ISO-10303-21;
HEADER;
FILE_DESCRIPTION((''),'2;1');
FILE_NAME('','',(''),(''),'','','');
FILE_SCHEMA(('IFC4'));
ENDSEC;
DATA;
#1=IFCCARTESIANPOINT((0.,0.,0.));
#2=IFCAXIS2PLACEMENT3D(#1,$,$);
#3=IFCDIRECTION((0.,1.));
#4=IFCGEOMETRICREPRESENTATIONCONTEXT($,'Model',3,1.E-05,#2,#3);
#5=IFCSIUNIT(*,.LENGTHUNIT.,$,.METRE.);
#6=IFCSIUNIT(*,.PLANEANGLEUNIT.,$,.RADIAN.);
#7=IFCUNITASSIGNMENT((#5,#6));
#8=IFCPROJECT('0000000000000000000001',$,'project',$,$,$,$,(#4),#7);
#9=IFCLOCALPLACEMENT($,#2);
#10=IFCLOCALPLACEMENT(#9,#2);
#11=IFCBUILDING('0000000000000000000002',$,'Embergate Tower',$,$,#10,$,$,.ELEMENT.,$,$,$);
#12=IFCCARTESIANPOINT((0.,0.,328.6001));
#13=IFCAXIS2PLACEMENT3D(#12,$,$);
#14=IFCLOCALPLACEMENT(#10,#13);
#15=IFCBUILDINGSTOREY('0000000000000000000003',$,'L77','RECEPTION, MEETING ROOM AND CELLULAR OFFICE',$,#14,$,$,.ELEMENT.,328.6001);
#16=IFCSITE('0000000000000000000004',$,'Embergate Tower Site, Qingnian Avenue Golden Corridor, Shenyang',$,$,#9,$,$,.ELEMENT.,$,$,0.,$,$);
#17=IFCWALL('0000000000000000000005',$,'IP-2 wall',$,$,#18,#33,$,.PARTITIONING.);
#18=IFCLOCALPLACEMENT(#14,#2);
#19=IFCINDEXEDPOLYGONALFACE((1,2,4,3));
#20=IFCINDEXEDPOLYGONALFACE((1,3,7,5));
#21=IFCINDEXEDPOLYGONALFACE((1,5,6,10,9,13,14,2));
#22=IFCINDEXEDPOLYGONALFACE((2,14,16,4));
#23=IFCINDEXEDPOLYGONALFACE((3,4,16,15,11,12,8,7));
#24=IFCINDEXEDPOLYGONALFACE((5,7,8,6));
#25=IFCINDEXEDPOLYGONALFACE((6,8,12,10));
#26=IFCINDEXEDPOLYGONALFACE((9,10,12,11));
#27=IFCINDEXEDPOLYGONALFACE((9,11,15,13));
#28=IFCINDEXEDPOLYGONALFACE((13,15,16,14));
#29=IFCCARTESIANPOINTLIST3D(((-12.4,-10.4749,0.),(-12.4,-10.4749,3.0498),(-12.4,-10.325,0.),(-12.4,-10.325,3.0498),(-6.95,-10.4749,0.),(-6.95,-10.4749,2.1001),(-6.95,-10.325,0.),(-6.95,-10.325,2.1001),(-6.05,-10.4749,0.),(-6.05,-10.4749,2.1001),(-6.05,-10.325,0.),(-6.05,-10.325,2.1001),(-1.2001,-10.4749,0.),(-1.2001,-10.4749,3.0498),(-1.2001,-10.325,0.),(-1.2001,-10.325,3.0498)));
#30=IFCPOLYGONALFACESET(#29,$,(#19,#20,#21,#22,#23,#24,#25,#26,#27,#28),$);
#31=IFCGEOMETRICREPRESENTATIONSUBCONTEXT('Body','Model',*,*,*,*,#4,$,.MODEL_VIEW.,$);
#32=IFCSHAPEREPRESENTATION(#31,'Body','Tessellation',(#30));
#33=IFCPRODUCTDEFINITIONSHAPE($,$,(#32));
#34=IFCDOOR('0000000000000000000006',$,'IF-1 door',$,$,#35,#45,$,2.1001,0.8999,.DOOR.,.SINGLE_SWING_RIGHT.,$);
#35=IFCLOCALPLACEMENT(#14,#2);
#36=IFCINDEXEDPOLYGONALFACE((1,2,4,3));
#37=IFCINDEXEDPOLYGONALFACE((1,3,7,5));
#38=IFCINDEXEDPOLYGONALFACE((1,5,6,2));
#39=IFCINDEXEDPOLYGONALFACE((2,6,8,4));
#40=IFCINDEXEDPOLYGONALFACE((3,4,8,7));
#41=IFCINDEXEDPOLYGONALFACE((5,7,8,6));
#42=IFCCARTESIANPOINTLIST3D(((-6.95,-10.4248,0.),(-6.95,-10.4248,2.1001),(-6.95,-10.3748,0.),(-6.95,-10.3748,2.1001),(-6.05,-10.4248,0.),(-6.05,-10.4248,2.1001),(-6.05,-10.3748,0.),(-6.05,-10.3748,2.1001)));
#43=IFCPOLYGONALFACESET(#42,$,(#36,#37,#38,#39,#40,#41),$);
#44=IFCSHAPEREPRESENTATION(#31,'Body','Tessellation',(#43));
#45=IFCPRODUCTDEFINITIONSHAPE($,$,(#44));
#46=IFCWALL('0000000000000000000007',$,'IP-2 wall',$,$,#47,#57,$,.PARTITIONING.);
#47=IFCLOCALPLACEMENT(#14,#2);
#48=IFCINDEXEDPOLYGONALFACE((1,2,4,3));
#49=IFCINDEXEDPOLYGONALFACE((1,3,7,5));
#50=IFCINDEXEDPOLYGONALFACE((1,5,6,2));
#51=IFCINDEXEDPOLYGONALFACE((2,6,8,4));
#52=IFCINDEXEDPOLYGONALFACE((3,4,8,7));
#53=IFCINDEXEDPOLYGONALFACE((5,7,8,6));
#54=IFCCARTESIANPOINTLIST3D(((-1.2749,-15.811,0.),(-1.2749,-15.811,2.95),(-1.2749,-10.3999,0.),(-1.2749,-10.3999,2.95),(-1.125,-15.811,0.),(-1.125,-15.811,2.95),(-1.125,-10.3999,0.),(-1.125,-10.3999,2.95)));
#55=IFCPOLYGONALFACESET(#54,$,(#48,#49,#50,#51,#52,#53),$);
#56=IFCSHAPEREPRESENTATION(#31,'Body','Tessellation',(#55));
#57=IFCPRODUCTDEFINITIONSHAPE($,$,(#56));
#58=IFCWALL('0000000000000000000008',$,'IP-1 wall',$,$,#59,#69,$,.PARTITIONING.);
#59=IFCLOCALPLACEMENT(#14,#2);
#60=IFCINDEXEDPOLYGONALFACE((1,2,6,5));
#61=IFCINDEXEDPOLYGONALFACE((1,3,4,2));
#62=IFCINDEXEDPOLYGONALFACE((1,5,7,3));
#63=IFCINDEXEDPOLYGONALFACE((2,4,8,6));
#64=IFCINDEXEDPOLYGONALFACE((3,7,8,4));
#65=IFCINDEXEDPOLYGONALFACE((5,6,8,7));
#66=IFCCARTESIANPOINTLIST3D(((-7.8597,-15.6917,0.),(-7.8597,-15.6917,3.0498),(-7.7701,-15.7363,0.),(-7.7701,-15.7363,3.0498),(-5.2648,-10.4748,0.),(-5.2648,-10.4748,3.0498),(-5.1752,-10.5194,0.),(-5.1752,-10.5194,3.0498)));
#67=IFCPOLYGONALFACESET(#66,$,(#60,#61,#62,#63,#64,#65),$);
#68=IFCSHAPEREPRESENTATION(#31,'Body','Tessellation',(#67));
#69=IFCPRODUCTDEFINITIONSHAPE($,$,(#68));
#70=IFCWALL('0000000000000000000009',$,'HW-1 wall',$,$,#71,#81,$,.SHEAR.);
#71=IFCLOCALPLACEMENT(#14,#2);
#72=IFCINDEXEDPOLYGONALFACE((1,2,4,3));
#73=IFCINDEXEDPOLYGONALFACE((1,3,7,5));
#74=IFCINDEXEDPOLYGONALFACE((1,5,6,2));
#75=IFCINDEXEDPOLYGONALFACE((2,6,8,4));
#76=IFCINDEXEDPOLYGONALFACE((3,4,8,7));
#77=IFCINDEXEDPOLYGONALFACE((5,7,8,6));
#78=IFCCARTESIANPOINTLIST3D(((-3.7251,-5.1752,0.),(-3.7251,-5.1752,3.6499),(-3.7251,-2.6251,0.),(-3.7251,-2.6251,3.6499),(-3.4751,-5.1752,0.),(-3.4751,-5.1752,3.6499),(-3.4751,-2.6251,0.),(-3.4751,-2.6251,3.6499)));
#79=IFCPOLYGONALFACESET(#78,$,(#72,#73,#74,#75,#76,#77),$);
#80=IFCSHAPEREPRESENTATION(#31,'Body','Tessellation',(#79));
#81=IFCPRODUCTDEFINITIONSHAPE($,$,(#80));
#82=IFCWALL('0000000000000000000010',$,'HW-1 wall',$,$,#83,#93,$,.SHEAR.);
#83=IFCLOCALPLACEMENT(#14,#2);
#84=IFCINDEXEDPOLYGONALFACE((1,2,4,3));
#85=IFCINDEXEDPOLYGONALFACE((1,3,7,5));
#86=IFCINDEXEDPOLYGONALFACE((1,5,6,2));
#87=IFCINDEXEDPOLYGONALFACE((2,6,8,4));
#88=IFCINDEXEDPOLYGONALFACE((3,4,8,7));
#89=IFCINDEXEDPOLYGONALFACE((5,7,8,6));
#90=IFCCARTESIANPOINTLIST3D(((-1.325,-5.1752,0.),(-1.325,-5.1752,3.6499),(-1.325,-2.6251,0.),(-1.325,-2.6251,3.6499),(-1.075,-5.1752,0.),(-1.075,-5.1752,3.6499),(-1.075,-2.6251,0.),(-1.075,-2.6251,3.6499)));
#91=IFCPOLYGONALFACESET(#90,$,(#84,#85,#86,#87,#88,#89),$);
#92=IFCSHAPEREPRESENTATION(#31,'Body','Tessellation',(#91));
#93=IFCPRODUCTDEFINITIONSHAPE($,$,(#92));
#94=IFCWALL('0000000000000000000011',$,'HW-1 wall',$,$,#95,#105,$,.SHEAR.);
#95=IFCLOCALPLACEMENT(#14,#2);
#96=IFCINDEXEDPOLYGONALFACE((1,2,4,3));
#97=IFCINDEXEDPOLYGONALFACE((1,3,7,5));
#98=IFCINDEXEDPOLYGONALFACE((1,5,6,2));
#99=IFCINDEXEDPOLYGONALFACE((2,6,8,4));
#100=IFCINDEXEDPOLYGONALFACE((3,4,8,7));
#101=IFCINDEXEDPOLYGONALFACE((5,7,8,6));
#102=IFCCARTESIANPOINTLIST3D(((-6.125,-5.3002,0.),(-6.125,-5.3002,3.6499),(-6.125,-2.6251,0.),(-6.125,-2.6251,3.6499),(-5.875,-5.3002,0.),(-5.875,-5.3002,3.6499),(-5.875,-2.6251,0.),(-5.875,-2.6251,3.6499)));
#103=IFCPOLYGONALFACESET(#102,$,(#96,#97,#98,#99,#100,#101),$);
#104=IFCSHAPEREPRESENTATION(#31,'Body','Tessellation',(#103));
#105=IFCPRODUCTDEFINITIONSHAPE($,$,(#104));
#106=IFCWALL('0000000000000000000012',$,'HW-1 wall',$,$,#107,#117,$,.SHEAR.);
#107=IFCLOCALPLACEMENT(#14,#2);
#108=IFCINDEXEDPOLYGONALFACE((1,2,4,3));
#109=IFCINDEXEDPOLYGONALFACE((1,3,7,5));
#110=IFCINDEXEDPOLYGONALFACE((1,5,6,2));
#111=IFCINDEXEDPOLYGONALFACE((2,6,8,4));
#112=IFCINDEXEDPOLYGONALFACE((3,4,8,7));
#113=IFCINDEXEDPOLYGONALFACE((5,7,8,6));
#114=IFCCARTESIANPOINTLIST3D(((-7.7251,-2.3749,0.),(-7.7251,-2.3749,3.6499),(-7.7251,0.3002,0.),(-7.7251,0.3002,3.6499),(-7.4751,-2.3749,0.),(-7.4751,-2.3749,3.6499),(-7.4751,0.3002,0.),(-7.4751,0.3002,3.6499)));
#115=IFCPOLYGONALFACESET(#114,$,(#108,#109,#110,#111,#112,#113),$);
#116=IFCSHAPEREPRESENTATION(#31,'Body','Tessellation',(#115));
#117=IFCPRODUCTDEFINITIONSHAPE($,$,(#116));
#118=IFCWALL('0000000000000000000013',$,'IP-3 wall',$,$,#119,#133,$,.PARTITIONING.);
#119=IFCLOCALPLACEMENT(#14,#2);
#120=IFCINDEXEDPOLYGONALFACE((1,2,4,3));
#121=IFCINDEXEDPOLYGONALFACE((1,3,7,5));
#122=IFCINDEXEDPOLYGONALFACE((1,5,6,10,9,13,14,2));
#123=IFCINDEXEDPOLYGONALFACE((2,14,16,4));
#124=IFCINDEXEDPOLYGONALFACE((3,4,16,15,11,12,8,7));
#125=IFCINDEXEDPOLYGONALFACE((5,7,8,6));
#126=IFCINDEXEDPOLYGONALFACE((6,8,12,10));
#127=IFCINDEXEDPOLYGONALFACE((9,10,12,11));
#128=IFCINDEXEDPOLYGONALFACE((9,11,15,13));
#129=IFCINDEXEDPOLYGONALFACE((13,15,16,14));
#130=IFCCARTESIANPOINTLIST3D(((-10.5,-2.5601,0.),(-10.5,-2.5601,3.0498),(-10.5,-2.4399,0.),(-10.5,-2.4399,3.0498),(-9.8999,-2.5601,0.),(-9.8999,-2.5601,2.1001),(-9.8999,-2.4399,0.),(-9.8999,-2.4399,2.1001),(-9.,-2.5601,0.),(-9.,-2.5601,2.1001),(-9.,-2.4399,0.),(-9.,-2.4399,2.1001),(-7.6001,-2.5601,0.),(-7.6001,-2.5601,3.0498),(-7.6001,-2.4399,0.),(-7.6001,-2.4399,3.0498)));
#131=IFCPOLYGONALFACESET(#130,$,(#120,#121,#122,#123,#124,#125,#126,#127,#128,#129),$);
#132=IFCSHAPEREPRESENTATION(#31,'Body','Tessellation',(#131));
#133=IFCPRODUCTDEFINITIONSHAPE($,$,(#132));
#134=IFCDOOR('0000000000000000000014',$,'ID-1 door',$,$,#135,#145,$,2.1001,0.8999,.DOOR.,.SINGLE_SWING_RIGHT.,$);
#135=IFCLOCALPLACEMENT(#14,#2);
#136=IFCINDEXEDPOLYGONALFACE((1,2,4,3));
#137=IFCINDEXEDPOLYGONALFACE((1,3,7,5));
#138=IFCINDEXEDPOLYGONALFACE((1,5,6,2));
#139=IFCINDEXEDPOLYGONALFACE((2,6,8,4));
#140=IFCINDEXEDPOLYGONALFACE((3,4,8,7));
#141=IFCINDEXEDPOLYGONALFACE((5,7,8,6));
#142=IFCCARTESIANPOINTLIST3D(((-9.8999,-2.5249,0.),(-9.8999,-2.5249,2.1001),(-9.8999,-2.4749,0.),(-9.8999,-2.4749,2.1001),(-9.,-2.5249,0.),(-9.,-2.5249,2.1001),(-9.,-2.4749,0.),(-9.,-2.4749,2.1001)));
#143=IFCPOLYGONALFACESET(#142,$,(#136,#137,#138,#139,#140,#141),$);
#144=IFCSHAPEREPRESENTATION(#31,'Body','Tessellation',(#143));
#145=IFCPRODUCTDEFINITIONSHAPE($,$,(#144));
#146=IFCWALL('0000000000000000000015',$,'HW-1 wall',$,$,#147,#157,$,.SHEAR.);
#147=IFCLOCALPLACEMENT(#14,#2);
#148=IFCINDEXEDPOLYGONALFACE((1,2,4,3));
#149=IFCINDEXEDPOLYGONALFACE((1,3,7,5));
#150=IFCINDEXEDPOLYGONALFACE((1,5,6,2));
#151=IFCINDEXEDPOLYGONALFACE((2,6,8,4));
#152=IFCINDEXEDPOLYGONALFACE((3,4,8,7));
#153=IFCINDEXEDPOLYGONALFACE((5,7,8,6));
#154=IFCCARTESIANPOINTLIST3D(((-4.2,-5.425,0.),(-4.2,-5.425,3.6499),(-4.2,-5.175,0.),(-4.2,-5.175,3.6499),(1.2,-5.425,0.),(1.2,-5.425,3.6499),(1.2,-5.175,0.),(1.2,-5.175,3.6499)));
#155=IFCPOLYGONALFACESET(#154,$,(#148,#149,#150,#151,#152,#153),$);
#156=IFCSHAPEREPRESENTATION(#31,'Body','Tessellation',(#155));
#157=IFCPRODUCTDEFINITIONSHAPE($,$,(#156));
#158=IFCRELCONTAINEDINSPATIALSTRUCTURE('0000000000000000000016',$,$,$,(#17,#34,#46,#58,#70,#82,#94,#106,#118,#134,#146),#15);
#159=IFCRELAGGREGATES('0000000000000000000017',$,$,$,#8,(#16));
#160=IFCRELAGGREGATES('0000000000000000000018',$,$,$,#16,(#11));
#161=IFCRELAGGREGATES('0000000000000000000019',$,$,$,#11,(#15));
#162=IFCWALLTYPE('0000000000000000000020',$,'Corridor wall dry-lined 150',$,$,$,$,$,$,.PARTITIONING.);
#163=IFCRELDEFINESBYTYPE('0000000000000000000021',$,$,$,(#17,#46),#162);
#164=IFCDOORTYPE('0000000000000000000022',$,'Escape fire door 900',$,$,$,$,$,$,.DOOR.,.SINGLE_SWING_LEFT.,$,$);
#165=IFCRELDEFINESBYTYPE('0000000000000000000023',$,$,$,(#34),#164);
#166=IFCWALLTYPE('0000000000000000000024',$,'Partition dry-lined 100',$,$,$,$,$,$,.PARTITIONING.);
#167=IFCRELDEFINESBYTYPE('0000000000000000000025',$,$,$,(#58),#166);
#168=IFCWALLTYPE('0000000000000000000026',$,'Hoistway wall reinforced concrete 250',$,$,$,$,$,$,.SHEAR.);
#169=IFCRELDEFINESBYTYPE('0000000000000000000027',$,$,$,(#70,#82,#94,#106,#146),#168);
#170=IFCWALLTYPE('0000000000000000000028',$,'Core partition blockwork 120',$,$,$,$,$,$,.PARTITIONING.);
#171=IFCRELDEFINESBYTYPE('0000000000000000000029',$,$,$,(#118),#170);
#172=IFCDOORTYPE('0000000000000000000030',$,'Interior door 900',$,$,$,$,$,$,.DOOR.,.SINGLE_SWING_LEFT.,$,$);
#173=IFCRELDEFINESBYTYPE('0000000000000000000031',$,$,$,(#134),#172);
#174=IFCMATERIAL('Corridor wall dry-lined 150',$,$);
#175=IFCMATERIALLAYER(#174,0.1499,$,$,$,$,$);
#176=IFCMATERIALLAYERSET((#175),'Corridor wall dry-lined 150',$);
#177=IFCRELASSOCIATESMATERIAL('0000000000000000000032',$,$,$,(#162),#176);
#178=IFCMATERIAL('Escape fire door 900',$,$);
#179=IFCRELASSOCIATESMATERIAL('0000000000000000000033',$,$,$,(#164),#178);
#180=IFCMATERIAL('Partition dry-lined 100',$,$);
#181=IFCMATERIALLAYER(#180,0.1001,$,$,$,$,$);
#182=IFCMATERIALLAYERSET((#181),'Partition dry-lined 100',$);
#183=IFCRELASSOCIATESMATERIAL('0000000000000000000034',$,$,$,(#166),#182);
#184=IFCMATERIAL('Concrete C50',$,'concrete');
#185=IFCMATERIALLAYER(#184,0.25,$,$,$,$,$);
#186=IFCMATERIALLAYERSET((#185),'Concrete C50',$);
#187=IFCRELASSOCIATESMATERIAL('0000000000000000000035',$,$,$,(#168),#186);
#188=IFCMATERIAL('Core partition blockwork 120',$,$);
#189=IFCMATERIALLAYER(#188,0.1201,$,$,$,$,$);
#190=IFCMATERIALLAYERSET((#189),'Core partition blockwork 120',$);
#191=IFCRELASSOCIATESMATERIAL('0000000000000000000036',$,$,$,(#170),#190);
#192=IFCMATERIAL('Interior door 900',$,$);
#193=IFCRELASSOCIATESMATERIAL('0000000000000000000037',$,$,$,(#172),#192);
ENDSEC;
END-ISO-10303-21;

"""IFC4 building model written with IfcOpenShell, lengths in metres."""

from ifc_helpers import new_model, si_unit, direction, frame, frame_2d, origin, place, context, subcontext, project, spatial, rectangle, extrude, source, transform, mapped, material, layer, layer_set, type_object, element, fill, save


model = new_model("IFC4")

# Units and contexts
model_context = context("Model", 3, precision=1e-05, world=origin(), true_north=direction((0.0, 1.0)))
body_context = subcontext(model_context, "Body", "Model", "MODEL_VIEW")
ifc_project = project(units=[si_unit("LENGTHUNIT", "METRE"), si_unit("PLANEANGLEUNIT", "RADIAN")], contexts=[model_context])

# Site, building, storey
site_placement = place(None, origin())
site = spatial("IfcSite", under=ifc_project, at=site_placement, Name="Embergate Tower Site, Qingnian Avenue Golden Corridor, Shenyang", CompositionType="ELEMENT", RefElevation=0.0)
building_placement = place(site_placement, origin())
building = spatial("IfcBuilding", under=site, at=building_placement, Name="Embergate Tower", CompositionType="ELEMENT")
storey_placement = place(building_placement, frame((0.0, 0.0, 328.6001)))
storey = spatial("IfcBuildingStorey", under=building, at=storey_placement, Name="L77", Description="RECEPTION, MEETING ROOM AND CELLULAR OFFICE", CompositionType="ELEMENT", Elevation=328.6001)

# Wall, opening, door
ifc_material_1 = material(Name="Corridor wall dry-lined 150")
ifc_layer_1 = layer(ifc_material_1, 0.1499)
ifc_layer_set_1 = layer_set([ifc_layer_1], Name="Corridor wall dry-lined 150")
wall_type_1 = type_object("IfcWallType", Name="Corridor wall dry-lined 150", PredefinedType="PARTITIONING", material=ifc_layer_set_1)
shared_shape_1 = source(origin(), body_context, "Body", "SweptSolid", [
    extrude(rectangle(XDim=11.2, YDim=0.1499, at=frame_2d((5.6001, 0.0))), origin(), (0.0, 0.0, 1.0), 3.0498),
])
wall_1_placement = place(storey_placement, frame((-1.2, -10.3999, 0.0), z_axis=(0.0, 0.0, 1.0), x_axis=(-1.0, 0.0, 0.0)))
wall_1 = element("IfcWall", 1, at=wall_1_placement, inside=storey, type_object=wall_type_1, Name="IP-2 wall", PredefinedType="PARTITIONING", context=body_context, shape_type="MappedRepresentation", body=[
    mapped(shared_shape_1, transform((0.0, 0.0, 0.0))),
])
shared_shape_2 = source(origin(), body_context, "Body", "SweptSolid", [
    extrude(rectangle(XDim=0.8999, YDim=2.1001, at=frame_2d((0.45, 1.05))), frame((0.0, 0.085, 0.0), z_axis=(0.0, -1.0, 0.0), x_axis=(1.0, 0.0, 0.0)), (0.0, 0.0, 1.0), 0.1699),
])
opening_1_placement = place(wall_1_placement, frame((4.8501, 0.0, 0.0)))
opening_1 = element("IfcOpeningElement", 2, at=opening_1_placement, cuts=wall_1, PredefinedType="OPENING", context=body_context, shape_type="MappedRepresentation", body=[
    mapped(shared_shape_2, transform((0.0, 0.0, 0.0))),
])
ifc_material_2 = material(Name="Escape fire door 900")
door_type_1 = type_object("IfcDoorType", Name="Escape fire door 900", OperationType="SINGLE_SWING_LEFT", PredefinedType="DOOR", material=ifc_material_2)
shared_shape_3 = source(origin(), body_context, "Body", "SweptSolid", [
    extrude(rectangle(XDim=0.8999, YDim=2.1001, at=frame_2d((0.45, 1.05))), frame((0.0, 0.0249, 0.0), z_axis=(0.0, -1.0, 0.0), x_axis=(1.0, 0.0, 0.0)), (0.0, 0.0, 1.0), 0.05),
])
door_1_placement = place(opening_1_placement, origin())
door_1 = element("IfcDoor", 3, at=door_1_placement, inside=storey, type_object=door_type_1, Name="IF-1 door", OperationType="SINGLE_SWING_RIGHT", OverallHeight=2.1001, OverallWidth=0.8999, PredefinedType="DOOR", context=body_context, shape_type="MappedRepresentation", body=[
    mapped(shared_shape_3, transform((0.0, 0.0, 0.0))),
])
fill(opening_1, door_1)

# Walls
shared_shape_4 = source(origin(), body_context, "Body", "SweptSolid", [
    extrude(rectangle(XDim=5.4111, YDim=0.1499, at=frame_2d((2.7056, 0.0))), origin(), (0.0, 0.0, 1.0), 2.95),
])
wall_2_placement = place(storey_placement, frame((-1.2, -10.3999, 0.0), z_axis=(0.0, 0.0, 1.0), x_axis=(0.0, -1.0, 0.0)))
element("IfcWall", 4, at=wall_2_placement, inside=storey, type_object=wall_type_1, Name="IP-2 wall", PredefinedType="PARTITIONING", context=body_context, shape_type="MappedRepresentation", body=[
    mapped(shared_shape_4, transform((0.0, 0.0, 0.0))),
])
ifc_material_3 = material(Name="Partition dry-lined 100")
ifc_layer_2 = layer(ifc_material_3, 0.1001)
ifc_layer_set_2 = layer_set([ifc_layer_2], Name="Partition dry-lined 100")
wall_type_2 = type_object("IfcWallType", Name="Partition dry-lined 100", PredefinedType="PARTITIONING", material=ifc_layer_set_2)
shared_shape_5 = source(origin(), body_context, "Body", "SweptSolid", [
    extrude(rectangle(XDim=5.8267, YDim=0.1001, at=frame_2d((2.9133, 0.0))), origin(), (0.0, 0.0, 1.0), 3.0498),
])
wall_3_placement = place(storey_placement, frame((-5.22, -10.4971, 0.0), z_axis=(0.0, 0.0, 1.0), x_axis=(-0.445352, -0.895355, 0.0)))
element("IfcWall", 5, at=wall_3_placement, inside=storey, type_object=wall_type_2, Name="IP-1 wall", PredefinedType="PARTITIONING", context=body_context, shape_type="MappedRepresentation", body=[
    mapped(shared_shape_5, transform((0.0, 0.0, 0.0))),
])
ifc_material_4 = material(Name="Concrete C50", Category="concrete")
ifc_layer_3 = layer(ifc_material_4, 0.25)
ifc_layer_set_3 = layer_set([ifc_layer_3], Name="Concrete C50")
wall_type_3 = type_object("IfcWallType", Name="Hoistway wall reinforced concrete 250", PredefinedType="SHEAR", material=ifc_layer_set_3)
shared_shape_6 = source(origin(), body_context, "Body", "SweptSolid", [
    extrude(rectangle(XDim=2.55, YDim=0.25, at=frame_2d((1.2749, 0.0))), origin(), (0.0, 0.0, 1.0), 3.6499),
])
for number, where, z_axis, x_axis, name in (
    (6, (-3.6001, -5.175, 0.0), (0.0, 0.0, 1.0), (0.0, 1.0, 0.0), "HW-1 wall"),
    (7, (-1.2, -5.175, 0.0), (0.0, 0.0, 1.0), (0.0, 1.0, 0.0), "HW-1 wall"),
):
    element("IfcWall", number, at=place(storey_placement, frame(where, z_axis=z_axis, x_axis=x_axis)), inside=storey, type_object=wall_type_3, Name=name, PredefinedType="SHEAR", context=body_context, shape_type="MappedRepresentation", body=[
        mapped(shared_shape_6, transform((0.0, 0.0, 0.0))),
    ])
shared_shape_7 = source(origin(), body_context, "Body", "SweptSolid", [
    extrude(rectangle(XDim=2.675, YDim=0.25, at=frame_2d((1.3374, 0.0))), origin(), (0.0, 0.0, 1.0), 3.6499),
])
for number, where, z_axis, x_axis, name in (
    (8, (-6.0, -5.3, 0.0), (0.0, 0.0, 1.0), (0.0, 1.0, 0.0), "HW-1 wall"),
    (9, (-7.6001, 0.3, 0.0), (0.0, 0.0, 1.0), (0.0, -1.0, 0.0), "HW-1 wall"),
):
    element("IfcWall", number, at=place(storey_placement, frame(where, z_axis=z_axis, x_axis=x_axis)), inside=storey, type_object=wall_type_3, Name=name, PredefinedType="SHEAR", context=body_context, shape_type="MappedRepresentation", body=[
        mapped(shared_shape_7, transform((0.0, 0.0, 0.0))),
    ])

# Wall, opening, door
ifc_material_5 = material(Name="Core partition blockwork 120")
ifc_layer_4 = layer(ifc_material_5, 0.1201)
ifc_layer_set_4 = layer_set([ifc_layer_4], Name="Core partition blockwork 120")
wall_type_4 = type_object("IfcWallType", Name="Core partition blockwork 120", PredefinedType="PARTITIONING", material=ifc_layer_set_4)
shared_shape_8 = source(origin(), body_context, "Body", "SweptSolid", [
    extrude(rectangle(XDim=2.8999, YDim=0.1201, at=frame_2d((1.45, 0.0))), origin(), (0.0, 0.0, 1.0), 3.0498),
])
wall_4_placement = place(storey_placement, frame((-7.6001, -2.5, 0.0), z_axis=(0.0, 0.0, 1.0), x_axis=(-1.0, 0.0, 0.0)))
wall_4 = element("IfcWall", 10, at=wall_4_placement, inside=storey, type_object=wall_type_4, Name="IP-3 wall", PredefinedType="PARTITIONING", context=body_context, shape_type="MappedRepresentation", body=[
    mapped(shared_shape_8, transform((0.0, 0.0, 0.0))),
])
shared_shape_9 = source(origin(), body_context, "Body", "SweptSolid", [
    extrude(rectangle(XDim=0.8999, YDim=2.1001, at=frame_2d((0.45, 1.05))), frame((0.0, 0.0701, 0.0), z_axis=(0.0, -1.0, 0.0), x_axis=(1.0, 0.0, 0.0)), (0.0, 0.0, 1.0), 0.1401),
])
opening_2_placement = place(wall_4_placement, frame((1.3999, 0.0, 0.0)))
opening_2 = element("IfcOpeningElement", 11, at=opening_2_placement, cuts=wall_4, PredefinedType="OPENING", context=body_context, shape_type="MappedRepresentation", body=[
    mapped(shared_shape_9, transform((0.0, 0.0, 0.0))),
])
ifc_material_6 = material(Name="Interior door 900")
door_type_2 = type_object("IfcDoorType", Name="Interior door 900", OperationType="SINGLE_SWING_LEFT", PredefinedType="DOOR", material=ifc_material_6)
door_2_placement = place(opening_2_placement, origin())
door_2 = element("IfcDoor", 12, at=door_2_placement, inside=storey, type_object=door_type_2, Name="ID-1 door", OperationType="SINGLE_SWING_RIGHT", OverallHeight=2.1001, OverallWidth=0.8999, PredefinedType="DOOR", context=body_context, shape_type="MappedRepresentation", body=[
    mapped(shared_shape_3, transform((0.0, 0.0, 0.0))),
])
fill(opening_2, door_2)

# Wall
shared_shape_10 = source(origin(), body_context, "Body", "SweptSolid", [
    extrude(rectangle(XDim=5.3999, YDim=0.25, at=frame_2d((2.7, 0.0))), origin(), (0.0, 0.0, 1.0), 3.6499),
])
wall_5_placement = place(storey_placement, frame((-4.2, -5.3, 0.0), z_axis=(0.0, 0.0, 1.0), x_axis=(1.0, 0.0, 0.0)))
element("IfcWall", 13, at=wall_5_placement, inside=storey, type_object=wall_type_3, Name="HW-1 wall", PredefinedType="SHEAR", context=body_context, shape_type="MappedRepresentation", body=[
    mapped(shared_shape_10, transform((0.0, 0.0, 0.0))),
])

save(model, "model.ifc")
